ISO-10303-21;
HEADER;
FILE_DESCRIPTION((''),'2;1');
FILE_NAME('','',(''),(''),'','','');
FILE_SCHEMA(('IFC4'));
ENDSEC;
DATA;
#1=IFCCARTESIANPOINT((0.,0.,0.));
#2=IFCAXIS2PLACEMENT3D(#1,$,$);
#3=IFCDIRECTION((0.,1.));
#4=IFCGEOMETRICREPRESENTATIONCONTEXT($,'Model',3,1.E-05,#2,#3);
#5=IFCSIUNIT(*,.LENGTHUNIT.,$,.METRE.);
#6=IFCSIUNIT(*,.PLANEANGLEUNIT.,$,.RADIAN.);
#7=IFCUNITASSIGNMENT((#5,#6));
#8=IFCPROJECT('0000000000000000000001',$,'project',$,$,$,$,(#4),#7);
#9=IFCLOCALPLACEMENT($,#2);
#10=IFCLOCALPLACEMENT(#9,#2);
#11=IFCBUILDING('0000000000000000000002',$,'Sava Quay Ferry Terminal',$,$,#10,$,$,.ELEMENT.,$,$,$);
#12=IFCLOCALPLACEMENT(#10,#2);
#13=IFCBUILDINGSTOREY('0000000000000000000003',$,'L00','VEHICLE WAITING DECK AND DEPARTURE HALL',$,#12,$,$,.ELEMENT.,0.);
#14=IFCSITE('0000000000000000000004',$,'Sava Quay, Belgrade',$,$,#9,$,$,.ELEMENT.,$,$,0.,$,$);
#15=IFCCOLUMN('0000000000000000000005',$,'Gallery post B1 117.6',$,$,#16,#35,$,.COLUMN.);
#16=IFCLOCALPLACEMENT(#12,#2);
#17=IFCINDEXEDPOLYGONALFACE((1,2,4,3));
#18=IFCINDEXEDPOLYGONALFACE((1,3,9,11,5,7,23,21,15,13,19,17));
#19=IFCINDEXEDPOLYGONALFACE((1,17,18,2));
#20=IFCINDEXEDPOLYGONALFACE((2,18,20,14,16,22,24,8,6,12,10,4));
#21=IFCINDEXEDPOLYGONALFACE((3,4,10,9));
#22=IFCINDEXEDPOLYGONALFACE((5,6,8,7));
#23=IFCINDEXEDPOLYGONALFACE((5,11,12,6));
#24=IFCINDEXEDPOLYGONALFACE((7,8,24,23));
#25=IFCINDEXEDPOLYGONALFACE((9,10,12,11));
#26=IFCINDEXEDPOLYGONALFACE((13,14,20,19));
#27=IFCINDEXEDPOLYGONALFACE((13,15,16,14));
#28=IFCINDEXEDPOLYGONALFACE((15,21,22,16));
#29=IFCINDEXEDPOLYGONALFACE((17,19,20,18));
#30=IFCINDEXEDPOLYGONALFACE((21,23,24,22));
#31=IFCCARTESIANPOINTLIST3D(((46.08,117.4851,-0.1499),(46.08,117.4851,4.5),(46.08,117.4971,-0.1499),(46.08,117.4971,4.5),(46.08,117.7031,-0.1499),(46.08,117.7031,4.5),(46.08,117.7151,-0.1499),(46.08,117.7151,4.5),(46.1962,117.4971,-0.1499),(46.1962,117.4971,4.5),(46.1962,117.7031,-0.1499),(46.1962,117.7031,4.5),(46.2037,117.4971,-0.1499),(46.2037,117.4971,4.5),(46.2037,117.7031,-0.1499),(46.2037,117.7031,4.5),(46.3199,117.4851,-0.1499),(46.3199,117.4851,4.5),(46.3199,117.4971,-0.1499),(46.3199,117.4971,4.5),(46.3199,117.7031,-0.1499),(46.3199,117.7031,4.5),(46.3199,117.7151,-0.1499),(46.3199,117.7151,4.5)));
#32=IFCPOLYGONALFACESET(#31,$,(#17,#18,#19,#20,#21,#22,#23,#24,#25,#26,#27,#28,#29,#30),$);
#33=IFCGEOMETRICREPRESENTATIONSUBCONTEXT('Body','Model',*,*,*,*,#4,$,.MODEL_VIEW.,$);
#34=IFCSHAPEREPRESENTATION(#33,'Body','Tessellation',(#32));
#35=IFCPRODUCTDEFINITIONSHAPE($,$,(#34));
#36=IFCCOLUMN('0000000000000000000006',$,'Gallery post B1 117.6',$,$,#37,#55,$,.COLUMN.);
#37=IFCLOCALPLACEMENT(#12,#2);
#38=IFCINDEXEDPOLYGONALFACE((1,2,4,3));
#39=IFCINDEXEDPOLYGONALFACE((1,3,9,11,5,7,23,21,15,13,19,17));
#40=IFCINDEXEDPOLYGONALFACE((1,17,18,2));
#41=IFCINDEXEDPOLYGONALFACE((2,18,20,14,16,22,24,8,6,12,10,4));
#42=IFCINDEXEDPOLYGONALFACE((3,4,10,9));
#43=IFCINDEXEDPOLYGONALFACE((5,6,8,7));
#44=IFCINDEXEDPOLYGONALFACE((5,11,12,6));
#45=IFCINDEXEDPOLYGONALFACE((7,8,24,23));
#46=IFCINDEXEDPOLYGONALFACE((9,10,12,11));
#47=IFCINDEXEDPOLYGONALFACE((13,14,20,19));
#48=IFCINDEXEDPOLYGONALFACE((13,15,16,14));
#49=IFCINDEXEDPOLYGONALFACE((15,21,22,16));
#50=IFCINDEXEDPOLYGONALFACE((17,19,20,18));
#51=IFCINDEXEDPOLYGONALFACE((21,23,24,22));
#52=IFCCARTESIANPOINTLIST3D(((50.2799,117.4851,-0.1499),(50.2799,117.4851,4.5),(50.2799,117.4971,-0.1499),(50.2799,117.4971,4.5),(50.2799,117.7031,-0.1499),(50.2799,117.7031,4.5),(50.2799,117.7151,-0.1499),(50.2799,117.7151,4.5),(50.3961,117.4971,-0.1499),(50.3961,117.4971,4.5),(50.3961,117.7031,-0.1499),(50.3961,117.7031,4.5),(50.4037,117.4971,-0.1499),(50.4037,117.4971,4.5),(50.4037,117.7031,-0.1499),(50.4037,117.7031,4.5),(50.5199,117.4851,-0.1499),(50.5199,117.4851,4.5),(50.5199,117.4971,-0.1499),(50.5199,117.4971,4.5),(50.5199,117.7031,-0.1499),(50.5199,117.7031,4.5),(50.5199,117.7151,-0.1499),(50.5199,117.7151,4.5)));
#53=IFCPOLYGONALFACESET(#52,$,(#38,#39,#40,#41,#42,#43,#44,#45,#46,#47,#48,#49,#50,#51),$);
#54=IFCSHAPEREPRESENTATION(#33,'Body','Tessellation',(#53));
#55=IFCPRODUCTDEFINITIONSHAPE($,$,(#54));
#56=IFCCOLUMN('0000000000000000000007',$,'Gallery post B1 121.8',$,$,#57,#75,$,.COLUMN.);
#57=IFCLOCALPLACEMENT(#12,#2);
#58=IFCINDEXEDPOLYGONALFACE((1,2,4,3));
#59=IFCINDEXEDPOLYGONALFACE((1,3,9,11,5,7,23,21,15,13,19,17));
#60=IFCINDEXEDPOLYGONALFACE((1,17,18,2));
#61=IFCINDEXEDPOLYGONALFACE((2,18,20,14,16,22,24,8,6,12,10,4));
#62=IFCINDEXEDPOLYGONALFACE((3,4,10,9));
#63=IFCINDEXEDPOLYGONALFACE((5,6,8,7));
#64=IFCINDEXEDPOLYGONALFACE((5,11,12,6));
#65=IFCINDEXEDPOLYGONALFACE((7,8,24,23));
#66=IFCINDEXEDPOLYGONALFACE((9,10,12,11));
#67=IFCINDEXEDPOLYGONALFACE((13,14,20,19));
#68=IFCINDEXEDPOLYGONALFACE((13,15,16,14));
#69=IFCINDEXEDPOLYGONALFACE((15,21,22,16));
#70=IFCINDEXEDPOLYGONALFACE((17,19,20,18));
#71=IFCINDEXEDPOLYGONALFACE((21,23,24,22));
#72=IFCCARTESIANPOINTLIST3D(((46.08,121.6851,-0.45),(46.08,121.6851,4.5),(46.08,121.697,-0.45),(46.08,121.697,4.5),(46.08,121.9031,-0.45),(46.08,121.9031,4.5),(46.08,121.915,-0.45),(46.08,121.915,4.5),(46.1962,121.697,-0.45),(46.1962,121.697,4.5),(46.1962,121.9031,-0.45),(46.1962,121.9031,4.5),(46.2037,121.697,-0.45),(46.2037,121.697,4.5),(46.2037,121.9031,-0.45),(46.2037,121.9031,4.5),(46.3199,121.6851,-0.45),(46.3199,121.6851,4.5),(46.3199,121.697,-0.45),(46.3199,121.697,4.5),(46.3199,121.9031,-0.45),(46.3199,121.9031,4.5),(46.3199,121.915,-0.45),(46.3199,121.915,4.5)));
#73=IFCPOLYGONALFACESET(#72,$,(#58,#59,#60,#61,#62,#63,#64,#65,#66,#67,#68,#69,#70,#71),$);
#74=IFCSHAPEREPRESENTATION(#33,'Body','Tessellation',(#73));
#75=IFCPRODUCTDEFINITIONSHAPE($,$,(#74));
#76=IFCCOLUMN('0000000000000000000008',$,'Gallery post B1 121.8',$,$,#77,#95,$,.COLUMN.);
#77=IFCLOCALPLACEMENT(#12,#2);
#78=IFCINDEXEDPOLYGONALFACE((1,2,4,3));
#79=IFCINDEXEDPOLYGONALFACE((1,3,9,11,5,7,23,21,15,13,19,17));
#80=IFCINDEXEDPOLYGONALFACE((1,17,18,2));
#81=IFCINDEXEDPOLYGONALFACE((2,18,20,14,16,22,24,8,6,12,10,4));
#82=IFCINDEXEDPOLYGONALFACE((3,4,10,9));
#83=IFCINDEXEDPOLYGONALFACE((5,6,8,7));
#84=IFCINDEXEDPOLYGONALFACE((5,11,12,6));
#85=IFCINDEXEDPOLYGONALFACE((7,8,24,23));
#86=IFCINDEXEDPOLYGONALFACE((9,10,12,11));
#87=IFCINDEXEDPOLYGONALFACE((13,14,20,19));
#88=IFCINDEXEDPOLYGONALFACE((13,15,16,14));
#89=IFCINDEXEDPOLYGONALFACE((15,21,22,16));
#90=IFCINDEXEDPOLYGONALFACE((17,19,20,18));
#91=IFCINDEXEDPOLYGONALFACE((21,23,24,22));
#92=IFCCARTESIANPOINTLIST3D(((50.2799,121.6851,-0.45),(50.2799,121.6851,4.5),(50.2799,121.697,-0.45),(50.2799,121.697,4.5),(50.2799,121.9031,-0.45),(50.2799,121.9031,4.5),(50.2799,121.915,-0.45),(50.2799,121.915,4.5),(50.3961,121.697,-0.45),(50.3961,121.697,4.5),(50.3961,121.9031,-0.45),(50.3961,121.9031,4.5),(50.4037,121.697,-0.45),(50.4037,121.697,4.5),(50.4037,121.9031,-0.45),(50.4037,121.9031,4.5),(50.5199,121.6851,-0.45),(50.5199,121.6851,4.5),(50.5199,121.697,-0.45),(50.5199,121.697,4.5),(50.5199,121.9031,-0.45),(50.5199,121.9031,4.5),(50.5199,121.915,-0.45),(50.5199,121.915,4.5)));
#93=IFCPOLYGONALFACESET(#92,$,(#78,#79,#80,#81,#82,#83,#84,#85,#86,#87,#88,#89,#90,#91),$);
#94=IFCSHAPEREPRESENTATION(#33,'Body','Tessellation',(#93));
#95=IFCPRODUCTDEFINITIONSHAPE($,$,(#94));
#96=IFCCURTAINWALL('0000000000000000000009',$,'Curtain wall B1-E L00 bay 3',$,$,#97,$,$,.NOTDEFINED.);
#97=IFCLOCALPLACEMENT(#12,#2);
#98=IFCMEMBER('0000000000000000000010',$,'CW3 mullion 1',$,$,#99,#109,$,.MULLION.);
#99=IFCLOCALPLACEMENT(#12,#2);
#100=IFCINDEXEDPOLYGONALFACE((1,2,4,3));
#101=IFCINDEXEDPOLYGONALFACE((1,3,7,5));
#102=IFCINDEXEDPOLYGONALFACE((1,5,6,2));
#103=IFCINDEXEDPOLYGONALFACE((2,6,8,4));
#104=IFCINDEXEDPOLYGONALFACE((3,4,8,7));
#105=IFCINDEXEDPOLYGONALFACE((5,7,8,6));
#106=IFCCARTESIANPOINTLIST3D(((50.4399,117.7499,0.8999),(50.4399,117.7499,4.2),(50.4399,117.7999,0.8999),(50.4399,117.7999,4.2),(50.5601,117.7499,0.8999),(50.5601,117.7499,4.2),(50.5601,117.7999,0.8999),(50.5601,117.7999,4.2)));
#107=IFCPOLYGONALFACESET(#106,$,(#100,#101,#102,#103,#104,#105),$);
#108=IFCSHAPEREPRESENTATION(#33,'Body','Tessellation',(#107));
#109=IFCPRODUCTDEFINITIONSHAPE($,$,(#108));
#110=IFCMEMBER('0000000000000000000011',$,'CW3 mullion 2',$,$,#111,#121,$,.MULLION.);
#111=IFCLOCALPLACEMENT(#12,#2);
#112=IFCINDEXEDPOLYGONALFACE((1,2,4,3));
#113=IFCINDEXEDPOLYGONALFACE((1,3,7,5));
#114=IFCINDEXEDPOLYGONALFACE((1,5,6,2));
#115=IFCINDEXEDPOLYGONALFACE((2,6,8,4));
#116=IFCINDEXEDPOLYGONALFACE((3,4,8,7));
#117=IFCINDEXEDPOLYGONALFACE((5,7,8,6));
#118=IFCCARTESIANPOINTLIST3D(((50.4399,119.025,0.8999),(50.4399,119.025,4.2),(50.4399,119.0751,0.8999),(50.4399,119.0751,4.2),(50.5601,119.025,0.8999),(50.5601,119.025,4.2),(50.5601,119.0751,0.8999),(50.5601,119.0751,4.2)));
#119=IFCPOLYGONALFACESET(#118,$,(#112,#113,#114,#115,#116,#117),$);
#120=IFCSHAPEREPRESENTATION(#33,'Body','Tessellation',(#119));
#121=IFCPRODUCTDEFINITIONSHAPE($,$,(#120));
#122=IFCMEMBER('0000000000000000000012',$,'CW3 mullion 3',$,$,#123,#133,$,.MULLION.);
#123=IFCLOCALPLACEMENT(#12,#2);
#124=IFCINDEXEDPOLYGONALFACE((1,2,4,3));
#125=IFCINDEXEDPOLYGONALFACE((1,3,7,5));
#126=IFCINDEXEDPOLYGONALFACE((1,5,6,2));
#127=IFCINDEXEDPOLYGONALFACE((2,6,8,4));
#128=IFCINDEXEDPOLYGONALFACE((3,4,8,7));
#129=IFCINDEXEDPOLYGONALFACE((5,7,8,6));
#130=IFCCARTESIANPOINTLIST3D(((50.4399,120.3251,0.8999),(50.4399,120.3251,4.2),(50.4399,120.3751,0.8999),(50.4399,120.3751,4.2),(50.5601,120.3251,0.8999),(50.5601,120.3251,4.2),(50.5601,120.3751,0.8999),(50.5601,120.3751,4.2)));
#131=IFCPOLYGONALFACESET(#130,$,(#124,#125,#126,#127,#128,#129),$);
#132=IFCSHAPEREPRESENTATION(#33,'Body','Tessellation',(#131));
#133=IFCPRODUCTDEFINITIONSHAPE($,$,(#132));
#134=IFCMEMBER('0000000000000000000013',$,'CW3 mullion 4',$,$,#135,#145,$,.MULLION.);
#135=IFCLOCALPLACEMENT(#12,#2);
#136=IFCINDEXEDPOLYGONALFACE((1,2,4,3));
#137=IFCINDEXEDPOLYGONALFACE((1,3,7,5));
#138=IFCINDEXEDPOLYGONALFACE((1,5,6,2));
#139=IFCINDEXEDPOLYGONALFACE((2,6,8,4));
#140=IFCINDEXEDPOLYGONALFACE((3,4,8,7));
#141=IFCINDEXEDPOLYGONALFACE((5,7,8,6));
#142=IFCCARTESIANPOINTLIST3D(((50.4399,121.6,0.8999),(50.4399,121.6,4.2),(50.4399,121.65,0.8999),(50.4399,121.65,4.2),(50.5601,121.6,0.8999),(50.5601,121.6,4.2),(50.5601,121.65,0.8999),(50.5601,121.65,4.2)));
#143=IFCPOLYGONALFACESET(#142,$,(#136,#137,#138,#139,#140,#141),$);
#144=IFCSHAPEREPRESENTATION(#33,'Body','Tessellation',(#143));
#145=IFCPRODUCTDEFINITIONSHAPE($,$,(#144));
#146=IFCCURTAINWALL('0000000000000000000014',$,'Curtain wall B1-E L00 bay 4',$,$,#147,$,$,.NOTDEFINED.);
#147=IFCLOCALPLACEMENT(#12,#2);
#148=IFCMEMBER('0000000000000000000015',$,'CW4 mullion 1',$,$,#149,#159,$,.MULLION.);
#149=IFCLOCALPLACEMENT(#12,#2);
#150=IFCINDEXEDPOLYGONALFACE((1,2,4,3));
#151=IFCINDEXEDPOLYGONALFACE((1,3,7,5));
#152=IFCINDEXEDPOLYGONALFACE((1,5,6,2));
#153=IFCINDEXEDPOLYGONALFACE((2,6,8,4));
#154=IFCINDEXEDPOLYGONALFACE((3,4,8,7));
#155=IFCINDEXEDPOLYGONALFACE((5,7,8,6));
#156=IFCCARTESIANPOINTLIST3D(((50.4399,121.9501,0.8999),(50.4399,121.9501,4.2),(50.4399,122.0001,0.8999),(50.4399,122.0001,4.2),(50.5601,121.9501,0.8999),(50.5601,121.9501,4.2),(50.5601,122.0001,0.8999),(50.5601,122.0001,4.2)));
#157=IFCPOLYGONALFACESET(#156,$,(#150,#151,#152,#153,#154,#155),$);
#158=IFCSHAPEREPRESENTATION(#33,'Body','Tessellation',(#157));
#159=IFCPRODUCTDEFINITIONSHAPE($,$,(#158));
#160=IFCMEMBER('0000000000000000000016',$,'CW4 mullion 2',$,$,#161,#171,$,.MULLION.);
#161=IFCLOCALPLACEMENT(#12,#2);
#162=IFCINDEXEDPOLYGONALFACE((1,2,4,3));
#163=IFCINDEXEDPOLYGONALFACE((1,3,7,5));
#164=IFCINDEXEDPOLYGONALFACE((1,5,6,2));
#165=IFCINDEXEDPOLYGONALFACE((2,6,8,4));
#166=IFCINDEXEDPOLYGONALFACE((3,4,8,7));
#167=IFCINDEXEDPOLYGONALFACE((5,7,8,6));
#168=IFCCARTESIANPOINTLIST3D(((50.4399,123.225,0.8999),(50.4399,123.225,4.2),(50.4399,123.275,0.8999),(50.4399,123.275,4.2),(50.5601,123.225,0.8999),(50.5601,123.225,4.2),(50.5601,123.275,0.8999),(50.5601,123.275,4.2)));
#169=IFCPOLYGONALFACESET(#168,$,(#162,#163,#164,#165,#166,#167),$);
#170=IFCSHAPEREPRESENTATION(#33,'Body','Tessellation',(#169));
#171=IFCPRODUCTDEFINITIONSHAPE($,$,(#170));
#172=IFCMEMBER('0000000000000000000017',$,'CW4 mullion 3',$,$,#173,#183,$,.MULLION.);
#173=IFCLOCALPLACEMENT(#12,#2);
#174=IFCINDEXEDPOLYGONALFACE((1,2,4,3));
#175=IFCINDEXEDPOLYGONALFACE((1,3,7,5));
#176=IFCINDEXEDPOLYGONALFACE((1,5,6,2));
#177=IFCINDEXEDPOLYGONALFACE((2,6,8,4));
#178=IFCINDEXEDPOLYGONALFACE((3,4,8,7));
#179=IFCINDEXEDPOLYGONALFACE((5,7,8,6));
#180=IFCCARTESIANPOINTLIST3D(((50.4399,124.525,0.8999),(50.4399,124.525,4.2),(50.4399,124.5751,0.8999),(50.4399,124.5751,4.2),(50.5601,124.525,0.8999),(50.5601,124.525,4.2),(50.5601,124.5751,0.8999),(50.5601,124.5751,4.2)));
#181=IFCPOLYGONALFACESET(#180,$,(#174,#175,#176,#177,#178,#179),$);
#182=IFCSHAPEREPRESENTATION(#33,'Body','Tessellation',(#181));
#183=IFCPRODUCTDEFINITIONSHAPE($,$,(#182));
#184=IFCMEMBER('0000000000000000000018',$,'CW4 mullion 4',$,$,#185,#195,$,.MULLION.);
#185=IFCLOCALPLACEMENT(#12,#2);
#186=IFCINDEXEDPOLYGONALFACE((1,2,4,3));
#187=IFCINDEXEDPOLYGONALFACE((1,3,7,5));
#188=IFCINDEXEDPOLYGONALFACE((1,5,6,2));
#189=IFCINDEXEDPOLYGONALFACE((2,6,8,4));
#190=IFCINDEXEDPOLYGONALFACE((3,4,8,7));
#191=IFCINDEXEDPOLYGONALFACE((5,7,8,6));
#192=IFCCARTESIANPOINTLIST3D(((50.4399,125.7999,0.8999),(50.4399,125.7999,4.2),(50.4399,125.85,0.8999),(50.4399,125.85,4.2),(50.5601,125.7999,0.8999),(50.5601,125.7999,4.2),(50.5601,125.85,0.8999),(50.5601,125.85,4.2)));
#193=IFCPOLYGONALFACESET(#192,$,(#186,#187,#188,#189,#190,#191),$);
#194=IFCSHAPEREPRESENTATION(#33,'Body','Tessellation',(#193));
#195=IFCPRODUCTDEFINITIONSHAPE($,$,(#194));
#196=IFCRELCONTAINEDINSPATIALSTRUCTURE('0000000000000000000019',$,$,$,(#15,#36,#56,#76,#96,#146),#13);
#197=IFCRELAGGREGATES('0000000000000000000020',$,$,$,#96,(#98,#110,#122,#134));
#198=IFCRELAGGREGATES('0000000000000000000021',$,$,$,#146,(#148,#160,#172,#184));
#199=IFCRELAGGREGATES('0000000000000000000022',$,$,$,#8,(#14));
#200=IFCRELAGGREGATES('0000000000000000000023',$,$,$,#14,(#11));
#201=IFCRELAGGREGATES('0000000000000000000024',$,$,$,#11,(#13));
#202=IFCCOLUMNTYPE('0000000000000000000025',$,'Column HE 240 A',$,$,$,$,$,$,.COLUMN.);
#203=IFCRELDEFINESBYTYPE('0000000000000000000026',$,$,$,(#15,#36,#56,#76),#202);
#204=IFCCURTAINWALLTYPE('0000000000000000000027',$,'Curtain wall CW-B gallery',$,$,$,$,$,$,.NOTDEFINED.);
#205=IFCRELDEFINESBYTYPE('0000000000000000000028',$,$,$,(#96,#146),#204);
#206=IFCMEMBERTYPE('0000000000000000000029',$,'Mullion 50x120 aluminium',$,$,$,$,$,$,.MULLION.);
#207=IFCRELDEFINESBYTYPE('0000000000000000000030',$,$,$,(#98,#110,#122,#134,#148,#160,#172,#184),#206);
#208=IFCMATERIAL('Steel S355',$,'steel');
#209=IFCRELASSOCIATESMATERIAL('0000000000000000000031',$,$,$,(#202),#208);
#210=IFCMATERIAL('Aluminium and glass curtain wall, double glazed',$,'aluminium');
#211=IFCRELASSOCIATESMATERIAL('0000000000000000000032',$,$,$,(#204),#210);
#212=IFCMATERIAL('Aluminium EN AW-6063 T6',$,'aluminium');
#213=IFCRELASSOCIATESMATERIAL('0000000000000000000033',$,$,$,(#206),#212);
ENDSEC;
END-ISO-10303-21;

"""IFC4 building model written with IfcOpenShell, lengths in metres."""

from ifc_helpers import new_model, si_unit, direction, frame, origin, origin_2d, place, context, subcontext, project, spatial, rectangle, i_section, extrude, material, material_profile, profile_set, type_object, element, aggregate, save


model = new_model("IFC4")

# Units and contexts
model_context = context("Model", 3, precision=1e-05, world=origin(), true_north=direction((0.0, 1.0)))
body_context = subcontext(model_context, "Body", "Model", "MODEL_VIEW")
ifc_project = project(units=[si_unit("LENGTHUNIT", "METRE"), si_unit("PLANEANGLEUNIT", "RADIAN")], contexts=[model_context])

# Site, building, storey
site_placement = place(None, origin())
site = spatial("IfcSite", under=ifc_project, at=site_placement, Name="Sava Quay, Belgrade", CompositionType="ELEMENT", RefElevation=0.0)
building_placement = place(site_placement, origin())
building = spatial("IfcBuilding", under=site, at=building_placement, Name="Sava Quay Ferry Terminal", CompositionType="ELEMENT")
storey_placement = place(building_placement, origin())
storey = spatial("IfcBuildingStorey", under=building, at=storey_placement, Name="L00", Description="VEHICLE WAITING DECK AND DEPARTURE HALL", CompositionType="ELEMENT", Elevation=0.0)

# Columns
ifc_material_1 = material(Name="Steel S355", Category="steel")
ifc_material_profile_1 = material_profile(ifc_material_1, i_section(OverallWidth=0.24, OverallDepth=0.23, WebThickness=0.0076, FlangeThickness=0.012, at=origin_2d()), Name="HE 240 A")
ifc_profile_set_1 = profile_set([ifc_material_profile_1], Name="Steel S355")
column_type = type_object("IfcColumnType", Name="Column HE 240 A", PredefinedType="COLUMN", material=ifc_profile_set_1)
for number, where, z_axis, x_axis, name in (
    (1, (46.2, 117.6001, -0.1499), (0.0, 0.0, 1.0), (1.0, 0.0, 0.0), "Gallery post B1 117.6"),
    (2, (50.3999, 117.6001, -0.1499), (0.0, 0.0, 1.0), (1.0, 0.0, 0.0), "Gallery post B1 117.6"),
):
    element("IfcColumn", number, at=place(storey_placement, frame(where, z_axis=z_axis, x_axis=x_axis)), inside=storey, type_object=column_type, Name=name, PredefinedType="COLUMN", context=body_context, shape_type="SweptSolid", body=[
        extrude(i_section(OverallWidth=0.24, OverallDepth=0.23, WebThickness=0.0076, FlangeThickness=0.012, at=origin_2d()), origin(), (0.0, 0.0, 1.0), 4.6499),
    ])
for number, where, z_axis, x_axis, name in (
    (3, (46.2, 121.8, -0.45), (0.0, 0.0, 1.0), (1.0, 0.0, 0.0), "Gallery post B1 121.8"),
    (4, (50.3999, 121.8, -0.45), (0.0, 0.0, 1.0), (1.0, 0.0, 0.0), "Gallery post B1 121.8"),
):
    element("IfcColumn", number, at=place(storey_placement, frame(where, z_axis=z_axis, x_axis=x_axis)), inside=storey, type_object=column_type, Name=name, PredefinedType="COLUMN", context=body_context, shape_type="SweptSolid", body=[
        extrude(i_section(OverallWidth=0.24, OverallDepth=0.23, WebThickness=0.0076, FlangeThickness=0.012, at=origin_2d()), origin(), (0.0, 0.0, 1.0), 4.95),
    ])

# Curtain walls, members
ifc_material_2 = material(Name="Aluminium and glass curtain wall, double glazed", Category="aluminium")
curtain_wall_type = type_object("IfcCurtainWallType", Name="Curtain wall CW-B gallery", PredefinedType="NOTDEFINED", material=ifc_material_2)
curtain_wall_1_placement = place(storey_placement, origin())
curtain_wall_1 = element("IfcCurtainWall", 5, at=curtain_wall_1_placement, inside=storey, type_object=curtain_wall_type, Name="Curtain wall B1-E L00 bay 3", PredefinedType="NOTDEFINED")
ifc_material_3 = material(Name="Aluminium EN AW-6063 T6", Category="aluminium")
ifc_material_profile_2 = material_profile(ifc_material_3, rectangle(XDim=0.1201, YDim=0.05, at=origin_2d()), Name="Mullion 50x120 aluminium")
ifc_profile_set_2 = profile_set([ifc_material_profile_2], Name="Aluminium EN AW-6063 T6")
member_type_1 = type_object("IfcMemberType", Name="Mullion 50x120 aluminium", PredefinedType="MULLION", material=ifc_profile_set_2)
member_1_placement = place(storey_placement, frame((50.5, 117.7749, 0.8999), z_axis=(0.0, 0.0, 1.0), x_axis=(-1.0, 0.0, 0.0)))
member_1 = element("IfcMember", 6, at=member_1_placement, type_object=member_type_1, Name="CW3 mullion 1", PredefinedType="MULLION", context=body_context, shape_type="SweptSolid", body=[
    extrude(rectangle(XDim=0.1201, YDim=0.05, at=origin_2d()), origin(), (0.0, 0.0, 1.0), 3.3),
])
member_2_placement = place(storey_placement, frame((50.5, 119.05, 0.8999), z_axis=(0.0, 0.0, 1.0), x_axis=(-1.0, 0.0, 0.0)))
member_2 = element("IfcMember", 7, at=member_2_placement, type_object=member_type_1, Name="CW3 mullion 2", PredefinedType="MULLION", context=body_context, shape_type="SweptSolid", body=[
    extrude(rectangle(XDim=0.1201, YDim=0.05, at=origin_2d()), origin(), (0.0, 0.0, 1.0), 3.3),
])
member_3_placement = place(storey_placement, frame((50.5, 120.3501, 0.8999), z_axis=(0.0, 0.0, 1.0), x_axis=(-1.0, 0.0, 0.0)))
member_3 = element("IfcMember", 8, at=member_3_placement, type_object=member_type_1, Name="CW3 mullion 3", PredefinedType="MULLION", context=body_context, shape_type="SweptSolid", body=[
    extrude(rectangle(XDim=0.1201, YDim=0.05, at=origin_2d()), origin(), (0.0, 0.0, 1.0), 3.3),
])
member_4_placement = place(storey_placement, frame((50.5, 121.625, 0.8999), z_axis=(0.0, 0.0, 1.0), x_axis=(-1.0, 0.0, 0.0)))
member_4 = element("IfcMember", 9, at=member_4_placement, type_object=member_type_1, Name="CW3 mullion 4", PredefinedType="MULLION", context=body_context, shape_type="SweptSolid", body=[
    extrude(rectangle(XDim=0.1201, YDim=0.05, at=origin_2d()), origin(), (0.0, 0.0, 1.0), 3.3),
])
curtain_wall_2_placement = place(storey_placement, origin())
curtain_wall_2 = element("IfcCurtainWall", 10, at=curtain_wall_2_placement, inside=storey, type_object=curtain_wall_type, Name="Curtain wall B1-E L00 bay 4", PredefinedType="NOTDEFINED")
member_5_placement = place(storey_placement, frame((50.5, 121.9751, 0.8999), z_axis=(0.0, 0.0, 1.0), x_axis=(-1.0, 0.0, 0.0)))
member_5 = element("IfcMember", 11, at=member_5_placement, type_object=member_type_1, Name="CW4 mullion 1", PredefinedType="MULLION", context=body_context, shape_type="SweptSolid", body=[
    extrude(rectangle(XDim=0.1201, YDim=0.05, at=origin_2d()), origin(), (0.0, 0.0, 1.0), 3.3),
])
member_6_placement = place(storey_placement, frame((50.5, 123.25, 0.8999), z_axis=(0.0, 0.0, 1.0), x_axis=(-1.0, 0.0, 0.0)))
member_6 = element("IfcMember", 12, at=member_6_placement, type_object=member_type_1, Name="CW4 mullion 2", PredefinedType="MULLION", context=body_context, shape_type="SweptSolid", body=[
    extrude(rectangle(XDim=0.1201, YDim=0.05, at=origin_2d()), origin(), (0.0, 0.0, 1.0), 3.3),
])
member_7_placement = place(storey_placement, frame((50.5, 124.55, 0.8999), z_axis=(0.0, 0.0, 1.0), x_axis=(-1.0, 0.0, 0.0)))
member_7 = element("IfcMember", 13, at=member_7_placement, type_object=member_type_1, Name="CW4 mullion 3", PredefinedType="MULLION", context=body_context, shape_type="SweptSolid", body=[
    extrude(rectangle(XDim=0.1201, YDim=0.05, at=origin_2d()), origin(), (0.0, 0.0, 1.0), 3.3),
])
member_8_placement = place(storey_placement, frame((50.5, 125.825, 0.8999), z_axis=(0.0, 0.0, 1.0), x_axis=(-1.0, 0.0, 0.0)))
member_8 = element("IfcMember", 14, at=member_8_placement, type_object=member_type_1, Name="CW4 mullion 4", PredefinedType="MULLION", context=body_context, shape_type="SweptSolid", body=[
    extrude(rectangle(XDim=0.1201, YDim=0.05, at=origin_2d()), origin(), (0.0, 0.0, 1.0), 3.3),
])

aggregate(curtain_wall_1, [member_1, member_2, member_3, member_4])
aggregate(curtain_wall_2, [member_5, member_6, member_7, member_8])

save(model, "model.ifc")
